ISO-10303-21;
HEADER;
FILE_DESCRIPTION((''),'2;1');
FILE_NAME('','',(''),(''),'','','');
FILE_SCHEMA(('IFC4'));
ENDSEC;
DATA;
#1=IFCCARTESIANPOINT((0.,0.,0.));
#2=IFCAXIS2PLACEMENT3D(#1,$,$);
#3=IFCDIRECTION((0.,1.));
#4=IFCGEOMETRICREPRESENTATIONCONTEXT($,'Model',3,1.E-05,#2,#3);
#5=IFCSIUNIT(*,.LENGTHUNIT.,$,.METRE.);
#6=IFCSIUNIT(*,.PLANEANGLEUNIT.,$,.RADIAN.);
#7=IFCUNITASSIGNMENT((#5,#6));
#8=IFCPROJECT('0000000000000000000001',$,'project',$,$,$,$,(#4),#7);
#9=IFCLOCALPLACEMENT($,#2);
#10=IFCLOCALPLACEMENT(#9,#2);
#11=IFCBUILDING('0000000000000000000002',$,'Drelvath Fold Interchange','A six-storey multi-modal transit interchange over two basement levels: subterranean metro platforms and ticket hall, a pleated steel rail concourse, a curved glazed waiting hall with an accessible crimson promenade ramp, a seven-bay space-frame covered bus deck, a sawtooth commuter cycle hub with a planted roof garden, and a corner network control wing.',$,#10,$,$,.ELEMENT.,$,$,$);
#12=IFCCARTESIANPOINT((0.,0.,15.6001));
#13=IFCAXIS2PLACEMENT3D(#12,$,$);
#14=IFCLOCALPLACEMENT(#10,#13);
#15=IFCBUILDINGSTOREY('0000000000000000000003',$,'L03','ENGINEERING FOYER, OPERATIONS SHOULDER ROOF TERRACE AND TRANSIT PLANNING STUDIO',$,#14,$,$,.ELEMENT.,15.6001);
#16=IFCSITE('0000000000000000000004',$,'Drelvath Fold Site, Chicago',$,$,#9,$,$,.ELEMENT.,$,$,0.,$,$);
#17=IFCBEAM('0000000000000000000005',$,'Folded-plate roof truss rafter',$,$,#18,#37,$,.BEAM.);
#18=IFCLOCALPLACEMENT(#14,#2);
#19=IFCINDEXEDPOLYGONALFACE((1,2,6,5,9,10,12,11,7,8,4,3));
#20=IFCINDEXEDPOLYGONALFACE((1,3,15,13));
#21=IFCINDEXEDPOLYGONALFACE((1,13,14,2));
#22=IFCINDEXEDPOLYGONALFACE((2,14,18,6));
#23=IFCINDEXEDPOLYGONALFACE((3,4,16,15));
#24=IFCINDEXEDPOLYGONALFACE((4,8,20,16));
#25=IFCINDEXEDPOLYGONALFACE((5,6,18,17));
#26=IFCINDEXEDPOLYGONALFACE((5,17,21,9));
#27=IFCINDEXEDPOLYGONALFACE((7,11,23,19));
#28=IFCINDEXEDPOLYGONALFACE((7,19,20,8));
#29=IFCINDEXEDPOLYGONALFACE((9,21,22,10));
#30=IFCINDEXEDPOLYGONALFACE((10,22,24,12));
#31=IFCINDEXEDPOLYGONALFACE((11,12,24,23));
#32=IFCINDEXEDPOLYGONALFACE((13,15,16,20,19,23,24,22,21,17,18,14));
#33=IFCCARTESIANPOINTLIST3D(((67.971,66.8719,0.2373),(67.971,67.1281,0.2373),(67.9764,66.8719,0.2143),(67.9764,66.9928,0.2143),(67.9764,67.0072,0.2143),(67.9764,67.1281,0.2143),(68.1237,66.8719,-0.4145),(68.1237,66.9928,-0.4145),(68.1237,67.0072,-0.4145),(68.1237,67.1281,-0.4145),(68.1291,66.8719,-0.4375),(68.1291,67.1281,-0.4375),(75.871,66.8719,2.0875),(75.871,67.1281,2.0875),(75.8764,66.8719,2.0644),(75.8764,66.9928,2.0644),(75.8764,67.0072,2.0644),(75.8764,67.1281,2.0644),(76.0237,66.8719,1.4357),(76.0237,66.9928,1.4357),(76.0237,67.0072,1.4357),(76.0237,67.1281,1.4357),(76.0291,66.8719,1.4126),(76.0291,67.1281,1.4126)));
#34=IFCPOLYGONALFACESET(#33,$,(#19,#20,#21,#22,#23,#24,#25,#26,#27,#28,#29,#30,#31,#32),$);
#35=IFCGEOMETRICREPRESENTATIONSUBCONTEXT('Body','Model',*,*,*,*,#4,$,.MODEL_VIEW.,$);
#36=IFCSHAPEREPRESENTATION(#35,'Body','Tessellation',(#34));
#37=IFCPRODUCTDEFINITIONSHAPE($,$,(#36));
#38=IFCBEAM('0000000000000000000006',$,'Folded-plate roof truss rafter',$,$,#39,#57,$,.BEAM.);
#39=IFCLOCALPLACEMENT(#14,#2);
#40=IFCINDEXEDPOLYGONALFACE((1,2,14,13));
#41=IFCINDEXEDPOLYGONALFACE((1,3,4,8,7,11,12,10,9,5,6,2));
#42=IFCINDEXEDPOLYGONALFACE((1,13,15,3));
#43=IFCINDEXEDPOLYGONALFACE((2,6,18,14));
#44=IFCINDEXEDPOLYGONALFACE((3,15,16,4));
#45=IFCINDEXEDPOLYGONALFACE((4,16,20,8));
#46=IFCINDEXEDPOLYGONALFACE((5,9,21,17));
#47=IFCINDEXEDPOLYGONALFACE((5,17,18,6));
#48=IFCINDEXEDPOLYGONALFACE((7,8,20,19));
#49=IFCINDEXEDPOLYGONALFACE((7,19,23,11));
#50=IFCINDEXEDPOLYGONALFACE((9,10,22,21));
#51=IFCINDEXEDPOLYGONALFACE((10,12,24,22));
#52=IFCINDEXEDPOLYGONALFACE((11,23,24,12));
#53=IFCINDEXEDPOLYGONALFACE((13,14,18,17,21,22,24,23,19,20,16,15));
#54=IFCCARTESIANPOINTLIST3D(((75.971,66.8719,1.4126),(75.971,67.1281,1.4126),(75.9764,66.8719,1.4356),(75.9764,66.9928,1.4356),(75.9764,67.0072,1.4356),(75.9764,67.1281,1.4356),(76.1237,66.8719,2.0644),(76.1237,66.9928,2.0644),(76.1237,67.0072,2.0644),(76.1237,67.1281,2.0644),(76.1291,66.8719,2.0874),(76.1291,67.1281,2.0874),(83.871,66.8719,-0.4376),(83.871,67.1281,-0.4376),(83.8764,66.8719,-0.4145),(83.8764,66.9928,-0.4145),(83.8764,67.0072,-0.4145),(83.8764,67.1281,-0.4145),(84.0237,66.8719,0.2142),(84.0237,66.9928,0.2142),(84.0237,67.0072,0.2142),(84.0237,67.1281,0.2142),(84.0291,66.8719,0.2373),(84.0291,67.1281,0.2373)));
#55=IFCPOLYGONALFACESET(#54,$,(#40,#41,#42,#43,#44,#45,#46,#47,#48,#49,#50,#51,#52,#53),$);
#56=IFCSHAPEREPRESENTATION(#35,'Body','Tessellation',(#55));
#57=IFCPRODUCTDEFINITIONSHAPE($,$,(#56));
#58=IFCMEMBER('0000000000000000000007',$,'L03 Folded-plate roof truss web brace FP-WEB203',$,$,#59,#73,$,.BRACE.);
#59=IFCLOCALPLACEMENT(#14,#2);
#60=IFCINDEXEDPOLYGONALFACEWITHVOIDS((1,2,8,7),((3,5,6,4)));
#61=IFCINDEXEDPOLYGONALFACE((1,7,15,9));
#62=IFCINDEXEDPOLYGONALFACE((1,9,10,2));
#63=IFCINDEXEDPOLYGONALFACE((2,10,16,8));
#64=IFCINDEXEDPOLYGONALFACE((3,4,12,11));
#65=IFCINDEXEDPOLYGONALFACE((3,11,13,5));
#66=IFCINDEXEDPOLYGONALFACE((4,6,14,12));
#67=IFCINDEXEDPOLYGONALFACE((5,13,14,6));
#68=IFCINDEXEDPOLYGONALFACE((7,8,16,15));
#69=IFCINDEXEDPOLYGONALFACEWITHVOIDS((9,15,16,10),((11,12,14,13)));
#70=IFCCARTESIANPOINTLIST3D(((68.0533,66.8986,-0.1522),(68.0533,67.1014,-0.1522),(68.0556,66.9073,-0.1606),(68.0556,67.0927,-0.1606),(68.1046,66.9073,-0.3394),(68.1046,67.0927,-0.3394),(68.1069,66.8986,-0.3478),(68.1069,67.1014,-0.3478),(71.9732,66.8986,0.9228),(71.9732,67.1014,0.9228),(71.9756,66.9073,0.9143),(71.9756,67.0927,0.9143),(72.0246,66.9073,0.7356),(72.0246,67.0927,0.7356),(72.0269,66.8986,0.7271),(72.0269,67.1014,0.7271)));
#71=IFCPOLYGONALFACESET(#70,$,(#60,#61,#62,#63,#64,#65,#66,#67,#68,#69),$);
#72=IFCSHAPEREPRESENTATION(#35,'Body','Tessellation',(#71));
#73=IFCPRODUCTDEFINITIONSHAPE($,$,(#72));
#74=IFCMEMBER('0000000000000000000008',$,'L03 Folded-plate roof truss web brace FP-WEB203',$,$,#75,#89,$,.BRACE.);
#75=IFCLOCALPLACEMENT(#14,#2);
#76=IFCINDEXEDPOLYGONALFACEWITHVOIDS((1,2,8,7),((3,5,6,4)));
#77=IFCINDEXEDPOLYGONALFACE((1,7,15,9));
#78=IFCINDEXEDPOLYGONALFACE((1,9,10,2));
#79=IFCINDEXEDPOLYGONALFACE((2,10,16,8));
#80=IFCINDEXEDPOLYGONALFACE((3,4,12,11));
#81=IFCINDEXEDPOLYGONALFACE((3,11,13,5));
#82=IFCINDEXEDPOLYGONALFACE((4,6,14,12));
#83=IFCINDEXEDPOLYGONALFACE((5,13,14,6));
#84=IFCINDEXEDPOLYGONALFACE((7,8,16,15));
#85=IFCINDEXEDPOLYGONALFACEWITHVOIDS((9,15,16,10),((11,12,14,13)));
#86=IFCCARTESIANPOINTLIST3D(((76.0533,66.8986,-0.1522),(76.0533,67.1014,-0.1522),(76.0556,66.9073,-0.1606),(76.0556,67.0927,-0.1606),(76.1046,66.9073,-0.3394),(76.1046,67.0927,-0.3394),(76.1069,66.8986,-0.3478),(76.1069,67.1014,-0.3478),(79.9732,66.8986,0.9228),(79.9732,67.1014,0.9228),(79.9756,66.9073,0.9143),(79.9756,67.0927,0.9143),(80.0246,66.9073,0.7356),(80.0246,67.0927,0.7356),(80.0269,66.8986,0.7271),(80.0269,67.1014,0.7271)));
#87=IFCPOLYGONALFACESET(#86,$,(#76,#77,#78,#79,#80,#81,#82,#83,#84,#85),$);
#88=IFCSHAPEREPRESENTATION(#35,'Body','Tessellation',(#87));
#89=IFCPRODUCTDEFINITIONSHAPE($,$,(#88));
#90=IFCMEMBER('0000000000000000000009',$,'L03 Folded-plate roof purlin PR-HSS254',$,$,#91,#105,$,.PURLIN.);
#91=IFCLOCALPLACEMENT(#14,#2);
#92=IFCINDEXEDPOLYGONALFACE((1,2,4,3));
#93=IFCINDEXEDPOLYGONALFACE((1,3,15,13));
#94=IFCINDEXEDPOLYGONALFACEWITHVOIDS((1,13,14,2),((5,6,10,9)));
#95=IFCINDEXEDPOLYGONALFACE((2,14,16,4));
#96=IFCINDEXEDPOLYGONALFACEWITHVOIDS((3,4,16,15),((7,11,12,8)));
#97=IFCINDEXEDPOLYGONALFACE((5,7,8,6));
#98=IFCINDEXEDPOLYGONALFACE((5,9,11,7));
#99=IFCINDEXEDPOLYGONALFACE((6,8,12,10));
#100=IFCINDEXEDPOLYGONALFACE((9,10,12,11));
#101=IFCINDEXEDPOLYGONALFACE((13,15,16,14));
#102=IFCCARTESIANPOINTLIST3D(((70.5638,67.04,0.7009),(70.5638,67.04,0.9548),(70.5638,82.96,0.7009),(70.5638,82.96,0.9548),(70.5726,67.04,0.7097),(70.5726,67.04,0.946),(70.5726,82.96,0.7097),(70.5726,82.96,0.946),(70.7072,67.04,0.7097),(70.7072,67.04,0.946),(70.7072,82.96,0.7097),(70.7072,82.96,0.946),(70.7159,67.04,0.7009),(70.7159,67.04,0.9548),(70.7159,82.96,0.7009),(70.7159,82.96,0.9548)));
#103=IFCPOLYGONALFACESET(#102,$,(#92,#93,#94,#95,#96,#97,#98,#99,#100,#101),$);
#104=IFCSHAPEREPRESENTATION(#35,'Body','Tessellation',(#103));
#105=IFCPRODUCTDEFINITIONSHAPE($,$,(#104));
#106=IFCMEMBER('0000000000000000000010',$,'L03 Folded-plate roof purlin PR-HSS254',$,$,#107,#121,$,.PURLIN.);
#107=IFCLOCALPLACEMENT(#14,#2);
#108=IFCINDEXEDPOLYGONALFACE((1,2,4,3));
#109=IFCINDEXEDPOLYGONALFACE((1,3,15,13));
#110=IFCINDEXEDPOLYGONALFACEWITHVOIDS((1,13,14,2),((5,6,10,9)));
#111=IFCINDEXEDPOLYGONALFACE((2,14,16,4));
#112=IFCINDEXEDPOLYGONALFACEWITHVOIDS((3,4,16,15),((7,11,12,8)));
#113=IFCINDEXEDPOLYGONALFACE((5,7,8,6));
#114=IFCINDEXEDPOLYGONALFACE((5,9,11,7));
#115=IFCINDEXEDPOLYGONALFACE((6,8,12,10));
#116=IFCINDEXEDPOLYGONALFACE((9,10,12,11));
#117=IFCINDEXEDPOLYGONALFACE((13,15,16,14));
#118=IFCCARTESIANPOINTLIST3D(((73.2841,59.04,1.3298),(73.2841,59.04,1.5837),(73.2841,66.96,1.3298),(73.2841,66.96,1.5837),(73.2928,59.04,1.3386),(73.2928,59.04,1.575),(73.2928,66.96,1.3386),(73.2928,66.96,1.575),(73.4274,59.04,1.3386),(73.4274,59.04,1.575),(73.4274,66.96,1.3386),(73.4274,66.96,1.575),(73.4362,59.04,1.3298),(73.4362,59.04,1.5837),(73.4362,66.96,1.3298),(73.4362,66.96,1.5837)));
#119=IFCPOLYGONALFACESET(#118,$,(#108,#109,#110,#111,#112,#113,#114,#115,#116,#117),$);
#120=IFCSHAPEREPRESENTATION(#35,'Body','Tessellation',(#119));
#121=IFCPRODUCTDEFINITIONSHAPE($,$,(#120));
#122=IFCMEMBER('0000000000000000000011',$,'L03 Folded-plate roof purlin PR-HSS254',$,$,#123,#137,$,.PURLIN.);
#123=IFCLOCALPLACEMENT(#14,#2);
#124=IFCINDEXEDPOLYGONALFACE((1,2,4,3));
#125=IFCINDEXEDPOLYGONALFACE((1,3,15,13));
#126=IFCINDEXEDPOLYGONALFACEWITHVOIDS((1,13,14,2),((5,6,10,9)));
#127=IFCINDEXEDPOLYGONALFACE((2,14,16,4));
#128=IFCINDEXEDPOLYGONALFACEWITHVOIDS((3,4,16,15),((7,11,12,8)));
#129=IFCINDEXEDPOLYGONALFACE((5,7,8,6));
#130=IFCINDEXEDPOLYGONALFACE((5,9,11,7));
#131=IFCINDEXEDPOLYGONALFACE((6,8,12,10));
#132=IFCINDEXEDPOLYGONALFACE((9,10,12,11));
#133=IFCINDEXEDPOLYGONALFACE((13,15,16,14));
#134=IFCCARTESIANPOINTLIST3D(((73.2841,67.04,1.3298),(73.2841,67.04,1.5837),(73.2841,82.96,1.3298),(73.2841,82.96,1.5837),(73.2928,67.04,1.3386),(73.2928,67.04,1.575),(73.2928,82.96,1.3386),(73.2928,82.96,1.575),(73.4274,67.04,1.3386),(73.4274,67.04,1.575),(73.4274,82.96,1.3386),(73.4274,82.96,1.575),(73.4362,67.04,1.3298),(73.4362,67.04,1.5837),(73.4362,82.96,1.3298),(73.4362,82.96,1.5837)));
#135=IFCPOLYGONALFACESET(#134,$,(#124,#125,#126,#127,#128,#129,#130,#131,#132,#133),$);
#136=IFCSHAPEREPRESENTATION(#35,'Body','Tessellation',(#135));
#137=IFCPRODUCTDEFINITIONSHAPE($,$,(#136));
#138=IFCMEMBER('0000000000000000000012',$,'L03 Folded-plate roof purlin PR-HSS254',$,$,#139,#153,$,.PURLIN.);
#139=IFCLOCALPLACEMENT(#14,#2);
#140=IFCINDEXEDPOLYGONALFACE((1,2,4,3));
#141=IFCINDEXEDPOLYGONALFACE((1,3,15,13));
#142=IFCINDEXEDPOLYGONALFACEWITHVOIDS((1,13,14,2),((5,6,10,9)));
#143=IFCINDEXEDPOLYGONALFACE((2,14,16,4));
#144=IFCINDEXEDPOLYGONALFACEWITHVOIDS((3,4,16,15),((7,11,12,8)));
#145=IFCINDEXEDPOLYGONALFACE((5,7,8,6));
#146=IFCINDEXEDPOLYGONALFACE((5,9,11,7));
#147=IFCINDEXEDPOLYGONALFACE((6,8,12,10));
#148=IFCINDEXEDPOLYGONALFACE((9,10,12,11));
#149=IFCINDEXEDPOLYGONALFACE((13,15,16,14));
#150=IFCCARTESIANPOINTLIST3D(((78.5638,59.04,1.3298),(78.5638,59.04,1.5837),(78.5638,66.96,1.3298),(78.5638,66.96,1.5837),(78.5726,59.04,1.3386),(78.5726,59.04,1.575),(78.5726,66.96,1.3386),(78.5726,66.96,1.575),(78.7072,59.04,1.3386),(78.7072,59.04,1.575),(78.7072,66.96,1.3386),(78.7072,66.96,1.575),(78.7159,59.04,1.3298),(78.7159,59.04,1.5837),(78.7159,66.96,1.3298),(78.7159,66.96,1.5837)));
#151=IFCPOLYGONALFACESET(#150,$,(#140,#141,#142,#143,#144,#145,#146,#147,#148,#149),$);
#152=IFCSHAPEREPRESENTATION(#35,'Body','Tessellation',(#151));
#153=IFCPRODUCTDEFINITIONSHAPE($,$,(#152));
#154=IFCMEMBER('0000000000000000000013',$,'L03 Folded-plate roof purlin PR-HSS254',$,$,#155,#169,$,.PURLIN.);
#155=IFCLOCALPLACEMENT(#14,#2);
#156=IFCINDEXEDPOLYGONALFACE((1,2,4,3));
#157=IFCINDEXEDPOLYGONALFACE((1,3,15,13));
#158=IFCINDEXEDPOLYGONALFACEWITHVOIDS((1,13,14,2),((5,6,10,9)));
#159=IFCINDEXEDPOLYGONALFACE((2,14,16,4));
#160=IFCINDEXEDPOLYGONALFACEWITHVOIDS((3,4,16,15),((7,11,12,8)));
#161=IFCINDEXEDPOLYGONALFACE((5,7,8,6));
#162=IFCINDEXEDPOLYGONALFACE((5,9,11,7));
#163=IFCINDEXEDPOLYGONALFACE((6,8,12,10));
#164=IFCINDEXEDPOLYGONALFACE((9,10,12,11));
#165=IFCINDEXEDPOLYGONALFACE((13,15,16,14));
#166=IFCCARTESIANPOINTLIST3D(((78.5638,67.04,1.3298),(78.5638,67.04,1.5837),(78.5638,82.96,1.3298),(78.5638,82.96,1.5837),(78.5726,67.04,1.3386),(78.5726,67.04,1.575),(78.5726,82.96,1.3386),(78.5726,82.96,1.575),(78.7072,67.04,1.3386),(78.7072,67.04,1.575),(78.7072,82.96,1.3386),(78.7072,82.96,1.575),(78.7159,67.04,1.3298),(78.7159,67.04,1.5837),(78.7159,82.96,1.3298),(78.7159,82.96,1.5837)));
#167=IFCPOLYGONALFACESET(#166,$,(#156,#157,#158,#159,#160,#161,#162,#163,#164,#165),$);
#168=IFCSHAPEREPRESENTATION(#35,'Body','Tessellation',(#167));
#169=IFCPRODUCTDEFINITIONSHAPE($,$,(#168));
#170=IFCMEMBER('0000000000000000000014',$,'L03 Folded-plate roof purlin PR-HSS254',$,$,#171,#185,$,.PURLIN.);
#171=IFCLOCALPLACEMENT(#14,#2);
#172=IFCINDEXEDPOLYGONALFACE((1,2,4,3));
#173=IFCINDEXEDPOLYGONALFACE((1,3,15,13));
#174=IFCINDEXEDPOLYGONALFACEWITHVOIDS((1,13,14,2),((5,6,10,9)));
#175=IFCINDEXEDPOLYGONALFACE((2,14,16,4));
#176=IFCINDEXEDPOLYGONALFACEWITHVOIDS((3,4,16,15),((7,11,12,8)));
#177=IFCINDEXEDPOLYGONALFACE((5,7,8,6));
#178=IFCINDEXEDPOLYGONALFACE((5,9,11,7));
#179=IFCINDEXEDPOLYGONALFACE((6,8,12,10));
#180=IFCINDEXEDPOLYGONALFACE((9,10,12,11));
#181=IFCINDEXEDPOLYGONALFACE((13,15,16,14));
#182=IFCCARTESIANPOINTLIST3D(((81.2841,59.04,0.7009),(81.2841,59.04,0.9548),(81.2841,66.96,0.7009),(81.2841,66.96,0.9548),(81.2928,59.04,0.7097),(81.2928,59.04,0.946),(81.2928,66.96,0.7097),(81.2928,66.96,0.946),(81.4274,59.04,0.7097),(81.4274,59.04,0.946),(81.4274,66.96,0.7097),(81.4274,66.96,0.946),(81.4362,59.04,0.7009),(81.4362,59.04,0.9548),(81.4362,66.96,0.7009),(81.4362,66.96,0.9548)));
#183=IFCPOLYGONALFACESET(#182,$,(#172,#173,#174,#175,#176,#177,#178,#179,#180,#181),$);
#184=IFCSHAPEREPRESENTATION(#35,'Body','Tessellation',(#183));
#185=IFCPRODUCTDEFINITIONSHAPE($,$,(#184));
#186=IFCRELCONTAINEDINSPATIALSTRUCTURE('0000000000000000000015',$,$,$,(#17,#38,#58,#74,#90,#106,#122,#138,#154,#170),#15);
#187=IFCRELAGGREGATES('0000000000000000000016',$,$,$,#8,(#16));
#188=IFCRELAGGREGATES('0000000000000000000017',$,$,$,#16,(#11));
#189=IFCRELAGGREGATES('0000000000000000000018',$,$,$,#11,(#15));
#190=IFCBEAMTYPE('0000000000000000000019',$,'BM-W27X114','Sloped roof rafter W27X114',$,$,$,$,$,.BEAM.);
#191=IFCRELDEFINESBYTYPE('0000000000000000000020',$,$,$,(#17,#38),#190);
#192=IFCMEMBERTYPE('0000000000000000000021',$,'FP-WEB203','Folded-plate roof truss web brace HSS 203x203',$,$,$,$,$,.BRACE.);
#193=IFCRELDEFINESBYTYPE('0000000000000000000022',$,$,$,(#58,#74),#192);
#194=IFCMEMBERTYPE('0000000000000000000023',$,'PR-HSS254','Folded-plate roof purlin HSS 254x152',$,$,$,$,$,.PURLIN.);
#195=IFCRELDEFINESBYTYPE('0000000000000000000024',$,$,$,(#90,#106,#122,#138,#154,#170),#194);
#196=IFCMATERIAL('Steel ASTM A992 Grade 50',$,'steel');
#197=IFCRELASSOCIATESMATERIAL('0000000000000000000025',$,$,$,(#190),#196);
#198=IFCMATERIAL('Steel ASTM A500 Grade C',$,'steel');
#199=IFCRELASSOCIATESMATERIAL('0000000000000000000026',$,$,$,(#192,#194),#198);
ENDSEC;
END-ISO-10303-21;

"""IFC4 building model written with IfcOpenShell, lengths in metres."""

from ifc_helpers import new_model, si_unit, direction, frame, origin, origin_2d, place, context, subcontext, project, spatial, hollow_rectangle, i_section, extrude, material, material_profile, profile_set, type_object, element, save


model = new_model("IFC4")

# Units and contexts
model_context = context("Model", 3, precision=1e-05, world=origin(), true_north=direction((0.0, 1.0)))
body_context = subcontext(model_context, "Body", "Model", "MODEL_VIEW")
ifc_project = project(units=[si_unit("LENGTHUNIT", "METRE"), si_unit("PLANEANGLEUNIT", "RADIAN")], contexts=[model_context])

# Site, building, storey
site_placement = place(None, origin())
site = spatial("IfcSite", under=ifc_project, at=site_placement, Name="Drelvath Fold Site, Chicago", CompositionType="ELEMENT", RefElevation=0.0)
building_placement = place(site_placement, origin())
building = spatial("IfcBuilding", under=site, at=building_placement, Name="Drelvath Fold Interchange", Description="A six-storey multi-modal transit interchange over two basement levels: subterranean metro platforms and ticket hall, a pleated steel rail concourse, a curved glazed waiting hall with an accessible crimson promenade ramp, a seven-bay space-frame covered bus deck, a sawtooth commuter cycle hub with a planted roof garden, and a corner network control wing.", CompositionType="ELEMENT")
storey_placement = place(building_placement, frame((0.0, 0.0, 15.6001)))
storey = spatial("IfcBuildingStorey", under=building, at=storey_placement, Name="L03", Description="ENGINEERING FOYER, OPERATIONS SHOULDER ROOF TERRACE AND TRANSIT PLANNING STUDIO", CompositionType="ELEMENT", Elevation=15.6001)

# Beams
ifc_material_1 = material(Name="Steel ASTM A992 Grade 50", Category="steel")
ifc_material_profile_1 = material_profile(ifc_material_1, i_section(OverallWidth=0.2561, OverallDepth=0.6931, WebThickness=0.0144, FlangeThickness=0.0237, at=origin_2d()), Name="W27X114")
ifc_profile_set_1 = profile_set([ifc_material_profile_1], Name="Steel ASTM A992 Grade 50")
beam_type = type_object("IfcBeamType", Name="BM-W27X114", Description="Sloped roof rafter W27X114", PredefinedType="BEAM", material=ifc_profile_set_1)
for number, where, z_axis, x_axis, name in (
    (1, (68.05, 67.0, -0.1001), (0.973656, 0.0, 0.228023), (0.0, 1.0, 0.0), "Folded-plate roof truss rafter"),
    (2, (76.05, 67.0, 1.75), (0.973656, 0.0, -0.228023), (0.0, 1.0, 0.0), "Folded-plate roof truss rafter"),
):
    element("IfcBeam", number, at=place(storey_placement, frame(where, z_axis=z_axis, x_axis=x_axis)), inside=storey, type_object=beam_type, Name=name, PredefinedType="BEAM", context=body_context, shape_type="SweptSolid", body=[
        extrude(i_section(OverallWidth=0.2561, OverallDepth=0.6931, WebThickness=0.0144, FlangeThickness=0.0237, at=origin_2d()), origin(), (0.0, 0.0, 1.0), 8.1138),
    ])

# Members
ifc_material_2 = material(Name="Steel ASTM A500 Grade C", Category="steel")
ifc_material_profile_2 = material_profile(ifc_material_2, hollow_rectangle(XDim=0.2029, YDim=0.2029, WallThickness=0.0088, at=origin_2d()), Name="HSS8X8X3/8")
ifc_profile_set_2 = profile_set([ifc_material_profile_2], Name="Steel ASTM A500 Grade C")
member_type_1 = type_object("IfcMemberType", Name="FP-WEB203", Description="Folded-plate roof truss web brace HSS 203x203", PredefinedType="BRACE", material=ifc_profile_set_2)
for number, where, z_axis, x_axis, name in (
    (3, (68.0801, 67.0, -0.25), (0.964396, 0.0, 0.264464), (0.0, 1.0, 0.0), "L03 Folded-plate roof truss web brace FP-WEB203"),
    (4, (76.0801, 67.0, -0.25), (0.964396, 0.0, 0.264464), (0.0, 1.0, 0.0), "L03 Folded-plate roof truss web brace FP-WEB203"),
):
    element("IfcMember", number, at=place(storey_placement, frame(where, z_axis=z_axis, x_axis=x_axis)), inside=storey, type_object=member_type_1, Name=name, PredefinedType="BRACE", context=body_context, shape_type="SweptSolid", body=[
        extrude(hollow_rectangle(XDim=0.2029, YDim=0.2029, WallThickness=0.0088, at=origin_2d()), origin(), (0.0, 0.0, 1.0), 4.0647),
    ])
ifc_material_profile_3 = material_profile(ifc_material_2, hollow_rectangle(XDim=0.1521, YDim=0.2539, WallThickness=0.0088, at=origin_2d()), Name="HSS10X6X3/8")
ifc_profile_set_3 = profile_set([ifc_material_profile_3], Name="Steel ASTM A500 Grade C")
member_type_2 = type_object("IfcMemberType", Name="PR-HSS254", Description="Folded-plate roof purlin HSS 254x152", PredefinedType="PURLIN", material=ifc_profile_set_3)
member_1_placement = place(storey_placement, frame((70.6399, 67.04, 0.8279), z_axis=(0.0, 1.0, 0.0), x_axis=(-1.0, 0.0, 0.0)))
element("IfcMember", 5, at=member_1_placement, inside=storey, type_object=member_type_2, Name="L03 Folded-plate roof purlin PR-HSS254", PredefinedType="PURLIN", context=body_context, shape_type="SweptSolid", body=[
    extrude(hollow_rectangle(XDim=0.1521, YDim=0.2539, WallThickness=0.0088, at=origin_2d()), origin(), (0.0, 0.0, 1.0), 15.9199),
])
member_2_placement = place(storey_placement, frame((73.3601, 59.04, 1.4568), z_axis=(0.0, 1.0, 0.0), x_axis=(-1.0, 0.0, 0.0)))
element("IfcMember", 6, at=member_2_placement, inside=storey, type_object=member_type_2, Name="L03 Folded-plate roof purlin PR-HSS254", PredefinedType="PURLIN", context=body_context, shape_type="SweptSolid", body=[
    extrude(hollow_rectangle(XDim=0.1521, YDim=0.2539, WallThickness=0.0088, at=origin_2d()), origin(), (0.0, 0.0, 1.0), 7.9199),
])
member_3_placement = place(storey_placement, frame((73.3601, 67.04, 1.4568), z_axis=(0.0, 1.0, 0.0), x_axis=(-1.0, 0.0, 0.0)))
element("IfcMember", 7, at=member_3_placement, inside=storey, type_object=member_type_2, Name="L03 Folded-plate roof purlin PR-HSS254", PredefinedType="PURLIN", context=body_context, shape_type="SweptSolid", body=[
    extrude(hollow_rectangle(XDim=0.1521, YDim=0.2539, WallThickness=0.0088, at=origin_2d()), origin(), (0.0, 0.0, 1.0), 15.9199),
])
member_4_placement = place(storey_placement, frame((78.6399, 59.04, 1.4568), z_axis=(0.0, 1.0, 0.0), x_axis=(-1.0, 0.0, 0.0)))
element("IfcMember", 8, at=member_4_placement, inside=storey, type_object=member_type_2, Name="L03 Folded-plate roof purlin PR-HSS254", PredefinedType="PURLIN", context=body_context, shape_type="SweptSolid", body=[
    extrude(hollow_rectangle(XDim=0.1521, YDim=0.2539, WallThickness=0.0088, at=origin_2d()), origin(), (0.0, 0.0, 1.0), 7.9199),
])
member_5_placement = place(storey_placement, frame((78.6399, 67.04, 1.4568), z_axis=(0.0, 1.0, 0.0), x_axis=(-1.0, 0.0, 0.0)))
element("IfcMember", 9, at=member_5_placement, inside=storey, type_object=member_type_2, Name="L03 Folded-plate roof purlin PR-HSS254", PredefinedType="PURLIN", context=body_context, shape_type="SweptSolid", body=[
    extrude(hollow_rectangle(XDim=0.1521, YDim=0.2539, WallThickness=0.0088, at=origin_2d()), origin(), (0.0, 0.0, 1.0), 15.9199),
])
member_6_placement = place(storey_placement, frame((81.3601, 59.04, 0.8279), z_axis=(0.0, 1.0, 0.0), x_axis=(-1.0, 0.0, 0.0)))
element("IfcMember", 10, at=member_6_placement, inside=storey, type_object=member_type_2, Name="L03 Folded-plate roof purlin PR-HSS254", PredefinedType="PURLIN", context=body_context, shape_type="SweptSolid", body=[
    extrude(hollow_rectangle(XDim=0.1521, YDim=0.2539, WallThickness=0.0088, at=origin_2d()), origin(), (0.0, 0.0, 1.0), 7.9199),
])

save(model, "model.ifc")
